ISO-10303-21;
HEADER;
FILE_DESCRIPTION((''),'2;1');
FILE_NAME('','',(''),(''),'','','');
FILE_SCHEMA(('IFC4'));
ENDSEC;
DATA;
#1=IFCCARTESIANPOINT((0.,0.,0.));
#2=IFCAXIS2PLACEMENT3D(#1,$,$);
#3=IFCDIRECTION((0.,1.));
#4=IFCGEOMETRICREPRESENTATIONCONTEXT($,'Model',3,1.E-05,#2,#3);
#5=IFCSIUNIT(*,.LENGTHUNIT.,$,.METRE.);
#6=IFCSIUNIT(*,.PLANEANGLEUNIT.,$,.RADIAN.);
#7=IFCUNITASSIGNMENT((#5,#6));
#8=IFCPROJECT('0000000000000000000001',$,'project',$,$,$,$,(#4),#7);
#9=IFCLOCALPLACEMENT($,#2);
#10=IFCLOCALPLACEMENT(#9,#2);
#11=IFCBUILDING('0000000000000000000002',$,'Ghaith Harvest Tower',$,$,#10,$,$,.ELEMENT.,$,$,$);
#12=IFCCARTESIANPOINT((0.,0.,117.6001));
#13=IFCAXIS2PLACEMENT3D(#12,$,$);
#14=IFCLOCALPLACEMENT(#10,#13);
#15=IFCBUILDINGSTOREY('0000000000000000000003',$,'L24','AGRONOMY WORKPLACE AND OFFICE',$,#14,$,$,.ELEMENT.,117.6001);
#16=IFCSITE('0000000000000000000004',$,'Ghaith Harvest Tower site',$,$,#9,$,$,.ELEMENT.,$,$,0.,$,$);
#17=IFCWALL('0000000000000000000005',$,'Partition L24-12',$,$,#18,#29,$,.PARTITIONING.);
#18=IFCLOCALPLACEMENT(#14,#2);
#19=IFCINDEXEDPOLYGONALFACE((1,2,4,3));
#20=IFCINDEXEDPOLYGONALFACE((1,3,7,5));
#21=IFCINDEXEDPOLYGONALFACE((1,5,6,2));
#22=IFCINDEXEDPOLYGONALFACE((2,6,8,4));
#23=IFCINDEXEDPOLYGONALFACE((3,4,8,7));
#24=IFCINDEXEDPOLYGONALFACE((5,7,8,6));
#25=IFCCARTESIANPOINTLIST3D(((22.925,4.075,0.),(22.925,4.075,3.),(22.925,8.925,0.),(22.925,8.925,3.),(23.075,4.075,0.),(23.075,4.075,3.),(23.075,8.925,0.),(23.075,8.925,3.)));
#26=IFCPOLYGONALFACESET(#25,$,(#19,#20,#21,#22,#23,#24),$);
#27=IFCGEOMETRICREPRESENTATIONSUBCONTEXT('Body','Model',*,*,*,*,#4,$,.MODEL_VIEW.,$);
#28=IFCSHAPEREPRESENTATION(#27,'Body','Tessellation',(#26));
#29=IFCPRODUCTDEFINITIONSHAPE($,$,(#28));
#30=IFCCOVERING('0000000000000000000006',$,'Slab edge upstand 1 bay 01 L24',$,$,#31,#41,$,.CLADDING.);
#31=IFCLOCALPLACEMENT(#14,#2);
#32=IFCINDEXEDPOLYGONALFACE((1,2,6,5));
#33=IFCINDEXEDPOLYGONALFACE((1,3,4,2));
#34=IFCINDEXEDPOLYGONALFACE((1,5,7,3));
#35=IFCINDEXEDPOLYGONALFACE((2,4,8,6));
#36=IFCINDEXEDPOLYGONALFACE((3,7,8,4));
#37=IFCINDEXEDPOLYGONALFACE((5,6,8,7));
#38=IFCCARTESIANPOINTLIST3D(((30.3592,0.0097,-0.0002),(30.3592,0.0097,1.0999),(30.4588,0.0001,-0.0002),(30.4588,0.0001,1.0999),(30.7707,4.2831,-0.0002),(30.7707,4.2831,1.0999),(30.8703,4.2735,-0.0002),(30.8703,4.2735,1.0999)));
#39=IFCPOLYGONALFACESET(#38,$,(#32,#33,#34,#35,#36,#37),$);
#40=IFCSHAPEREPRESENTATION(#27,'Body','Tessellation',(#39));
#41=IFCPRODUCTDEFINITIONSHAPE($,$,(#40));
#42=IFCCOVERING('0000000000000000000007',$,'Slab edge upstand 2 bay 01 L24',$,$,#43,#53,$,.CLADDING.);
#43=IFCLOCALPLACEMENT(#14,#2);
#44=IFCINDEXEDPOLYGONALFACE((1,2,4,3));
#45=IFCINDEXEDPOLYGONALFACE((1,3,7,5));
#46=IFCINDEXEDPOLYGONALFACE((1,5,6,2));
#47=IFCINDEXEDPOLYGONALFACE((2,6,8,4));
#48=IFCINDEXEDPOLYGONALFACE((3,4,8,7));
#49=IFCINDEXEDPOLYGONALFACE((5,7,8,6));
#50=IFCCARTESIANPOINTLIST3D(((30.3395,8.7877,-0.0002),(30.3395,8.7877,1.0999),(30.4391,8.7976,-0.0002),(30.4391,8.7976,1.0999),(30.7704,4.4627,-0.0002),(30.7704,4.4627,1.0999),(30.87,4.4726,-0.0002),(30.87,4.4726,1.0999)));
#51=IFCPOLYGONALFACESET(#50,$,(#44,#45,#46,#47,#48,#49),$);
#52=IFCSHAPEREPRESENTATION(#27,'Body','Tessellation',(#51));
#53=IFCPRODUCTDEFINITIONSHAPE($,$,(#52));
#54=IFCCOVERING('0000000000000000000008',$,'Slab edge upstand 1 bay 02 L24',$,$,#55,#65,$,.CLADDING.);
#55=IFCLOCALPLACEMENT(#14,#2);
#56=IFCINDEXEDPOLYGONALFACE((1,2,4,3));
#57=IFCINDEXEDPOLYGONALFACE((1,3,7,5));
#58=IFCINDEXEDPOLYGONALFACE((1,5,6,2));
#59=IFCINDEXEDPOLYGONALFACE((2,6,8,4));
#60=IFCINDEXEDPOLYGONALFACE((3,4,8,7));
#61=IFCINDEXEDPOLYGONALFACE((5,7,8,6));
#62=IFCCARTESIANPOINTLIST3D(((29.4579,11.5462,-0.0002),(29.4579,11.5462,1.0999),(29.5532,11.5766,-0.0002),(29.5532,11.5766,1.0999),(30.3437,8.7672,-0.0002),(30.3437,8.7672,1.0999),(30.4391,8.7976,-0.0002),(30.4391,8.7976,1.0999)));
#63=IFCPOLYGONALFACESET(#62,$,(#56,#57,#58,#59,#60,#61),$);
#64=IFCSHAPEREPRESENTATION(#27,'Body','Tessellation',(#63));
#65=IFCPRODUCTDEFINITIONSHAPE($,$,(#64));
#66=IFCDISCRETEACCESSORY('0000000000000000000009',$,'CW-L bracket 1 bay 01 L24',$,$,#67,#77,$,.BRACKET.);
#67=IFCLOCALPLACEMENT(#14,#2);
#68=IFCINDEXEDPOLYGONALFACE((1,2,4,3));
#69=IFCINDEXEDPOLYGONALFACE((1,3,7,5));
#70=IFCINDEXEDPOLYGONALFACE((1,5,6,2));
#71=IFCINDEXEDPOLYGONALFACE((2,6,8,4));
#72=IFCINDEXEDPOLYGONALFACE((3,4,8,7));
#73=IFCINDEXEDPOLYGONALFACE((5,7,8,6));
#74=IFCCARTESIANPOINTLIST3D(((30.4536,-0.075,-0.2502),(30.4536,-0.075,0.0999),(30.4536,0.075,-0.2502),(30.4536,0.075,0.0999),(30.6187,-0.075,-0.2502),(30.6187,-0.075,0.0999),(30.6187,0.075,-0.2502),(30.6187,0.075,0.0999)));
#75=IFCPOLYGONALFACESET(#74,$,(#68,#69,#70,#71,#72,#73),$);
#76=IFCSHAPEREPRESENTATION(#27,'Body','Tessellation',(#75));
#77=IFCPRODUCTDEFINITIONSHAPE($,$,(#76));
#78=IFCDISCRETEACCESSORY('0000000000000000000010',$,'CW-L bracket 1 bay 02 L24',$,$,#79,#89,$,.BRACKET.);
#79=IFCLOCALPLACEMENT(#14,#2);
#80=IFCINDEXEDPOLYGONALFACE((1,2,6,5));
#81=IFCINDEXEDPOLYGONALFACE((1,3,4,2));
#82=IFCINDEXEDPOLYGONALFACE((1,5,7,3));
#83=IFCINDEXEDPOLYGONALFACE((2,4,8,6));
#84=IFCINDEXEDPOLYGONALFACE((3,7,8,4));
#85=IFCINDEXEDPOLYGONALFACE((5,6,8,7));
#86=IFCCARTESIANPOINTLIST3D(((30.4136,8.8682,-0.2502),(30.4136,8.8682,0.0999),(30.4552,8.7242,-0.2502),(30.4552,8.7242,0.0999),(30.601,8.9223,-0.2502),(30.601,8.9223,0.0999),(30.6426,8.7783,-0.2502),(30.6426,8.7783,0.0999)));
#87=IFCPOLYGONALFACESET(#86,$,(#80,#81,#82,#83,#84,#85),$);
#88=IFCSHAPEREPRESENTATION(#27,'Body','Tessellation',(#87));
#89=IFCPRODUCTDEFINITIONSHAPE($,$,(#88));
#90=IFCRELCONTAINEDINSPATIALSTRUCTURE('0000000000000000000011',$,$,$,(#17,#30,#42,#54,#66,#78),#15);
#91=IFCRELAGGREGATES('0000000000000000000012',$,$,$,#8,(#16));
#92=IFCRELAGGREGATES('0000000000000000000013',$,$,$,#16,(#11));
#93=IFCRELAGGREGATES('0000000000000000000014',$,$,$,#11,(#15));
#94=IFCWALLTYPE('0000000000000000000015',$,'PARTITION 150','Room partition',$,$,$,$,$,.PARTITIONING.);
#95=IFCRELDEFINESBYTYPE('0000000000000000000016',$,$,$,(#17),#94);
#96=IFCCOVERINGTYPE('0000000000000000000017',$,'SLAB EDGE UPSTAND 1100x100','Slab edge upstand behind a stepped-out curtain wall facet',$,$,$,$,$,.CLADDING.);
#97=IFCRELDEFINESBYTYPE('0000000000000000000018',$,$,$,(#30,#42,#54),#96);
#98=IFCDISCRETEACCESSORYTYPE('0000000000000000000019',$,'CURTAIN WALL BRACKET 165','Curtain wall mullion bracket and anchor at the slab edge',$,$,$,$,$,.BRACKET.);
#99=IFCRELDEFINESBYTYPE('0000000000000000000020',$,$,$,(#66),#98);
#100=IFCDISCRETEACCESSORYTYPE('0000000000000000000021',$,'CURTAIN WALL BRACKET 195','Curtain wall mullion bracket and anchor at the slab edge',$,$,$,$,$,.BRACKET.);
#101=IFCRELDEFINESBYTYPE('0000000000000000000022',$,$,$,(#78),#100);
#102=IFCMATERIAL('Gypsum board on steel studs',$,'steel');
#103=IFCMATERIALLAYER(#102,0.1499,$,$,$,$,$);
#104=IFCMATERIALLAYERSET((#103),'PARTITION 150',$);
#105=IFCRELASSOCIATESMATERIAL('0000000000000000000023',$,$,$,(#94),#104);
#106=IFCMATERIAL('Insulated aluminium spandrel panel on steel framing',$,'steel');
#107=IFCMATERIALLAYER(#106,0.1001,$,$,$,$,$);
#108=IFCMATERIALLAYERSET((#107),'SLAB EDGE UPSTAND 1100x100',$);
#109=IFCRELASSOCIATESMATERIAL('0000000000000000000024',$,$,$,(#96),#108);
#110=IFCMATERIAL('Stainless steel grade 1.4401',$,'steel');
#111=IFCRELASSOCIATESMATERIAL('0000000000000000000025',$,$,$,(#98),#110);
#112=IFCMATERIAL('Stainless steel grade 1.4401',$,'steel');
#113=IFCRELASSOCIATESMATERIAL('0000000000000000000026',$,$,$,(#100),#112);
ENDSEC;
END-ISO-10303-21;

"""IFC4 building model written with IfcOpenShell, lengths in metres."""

from ifc_helpers import new_model, si_unit, direction, frame, frame_2d, origin, origin_2d, place, context, subcontext, project, spatial, rectangle, extrude, material, layer, layer_set, type_object, element, save


model = new_model("IFC4")

# Units and contexts
model_context = context("Model", 3, precision=1e-05, world=origin(), true_north=direction((0.0, 1.0)))
body_context = subcontext(model_context, "Body", "Model", "MODEL_VIEW")
ifc_project = project(units=[si_unit("LENGTHUNIT", "METRE"), si_unit("PLANEANGLEUNIT", "RADIAN")], contexts=[model_context])

# Site, building, storey
site_placement = place(None, origin())
site = spatial("IfcSite", under=ifc_project, at=site_placement, Name="Ghaith Harvest Tower site", CompositionType="ELEMENT", RefElevation=0.0)
building_placement = place(site_placement, origin())
building = spatial("IfcBuilding", under=site, at=building_placement, Name="Ghaith Harvest Tower", CompositionType="ELEMENT")
storey_placement = place(building_placement, frame((0.0, 0.0, 117.6001)))
storey = spatial("IfcBuildingStorey", under=building, at=storey_placement, Name="L24", Description="AGRONOMY WORKPLACE AND OFFICE", CompositionType="ELEMENT", Elevation=117.6001)

# Shared definitions
ifc_material_1 = material(Name="Gypsum board on steel studs", Category="steel")
ifc_layer_1 = layer(ifc_material_1, 0.1499)
ifc_layer_set_1 = layer_set([ifc_layer_1], Name="PARTITION 150")
wall_type_1 = type_object("IfcWallType", Name="PARTITION 150", Description="Room partition", PredefinedType="PARTITIONING", material=ifc_layer_set_1)

# Wall
wall_1_placement = place(storey_placement, frame((23.0, 4.075, 0.0), z_axis=(0.0, 0.0, 1.0), x_axis=(0.0, 1.0, 0.0)))
element("IfcWall", 1, at=wall_1_placement, inside=storey, type_object=wall_type_1, Name="Partition L24-12", PredefinedType="PARTITIONING", context=body_context, shape_type="SweptSolid", body=[
    extrude(rectangle(XDim=4.8501, YDim=0.1499, at=frame_2d((2.425, 0.0))), origin(), (0.0, 0.0, 1.0), 3.0),
])

# Coverings
ifc_material_2 = material(Name="Insulated aluminium spandrel panel on steel framing", Category="steel")
ifc_layer_2 = layer(ifc_material_2, 0.1001)
ifc_layer_set_2 = layer_set([ifc_layer_2], Name="SLAB EDGE UPSTAND 1100x100")
covering_type = type_object("IfcCoveringType", Name="SLAB EDGE UPSTAND 1100x100", Description="Slab edge upstand behind a stepped-out curtain wall facet", PredefinedType="CLADDING", material=ifc_layer_set_2)
covering_1_placement = place(storey_placement, frame((30.6147, 2.1416, -0.0002), z_axis=(0.0, 0.0, 1.0), x_axis=(0.095861, 0.995395, 0.0)))
element("IfcCovering", 2, at=covering_1_placement, inside=storey, type_object=covering_type, Name="Slab edge upstand 1 bay 01 L24", PredefinedType="CLADDING", context=body_context, shape_type="SweptSolid", body=[
    extrude(rectangle(XDim=4.2932, YDim=0.1001, at=origin_2d()), origin(), (0.0, 0.0, 1.0), 1.1001),
])
covering_2_placement = place(storey_placement, frame((30.6047, 6.6301, -0.0002), z_axis=(0.0, 0.0, 1.0), x_axis=(-0.099132, 0.995074, 0.0)))
element("IfcCovering", 3, at=covering_2_placement, inside=storey, type_object=covering_type, Name="Slab edge upstand 2 bay 01 L24", PredefinedType="CLADDING", context=body_context, shape_type="SweptSolid", body=[
    extrude(rectangle(XDim=4.3464, YDim=0.1001, at=origin_2d()), origin(), (0.0, 0.0, 1.0), 1.1001),
])
covering_3_placement = place(storey_placement, frame((29.9485, 10.1719, -0.0002), z_axis=(0.0, 0.0, 1.0), x_axis=(-0.303717, 0.952762, 0.0)))
element("IfcCovering", 4, at=covering_3_placement, inside=storey, type_object=covering_type, Name="Slab edge upstand 1 bay 02 L24", PredefinedType="CLADDING", context=body_context, shape_type="SweptSolid", body=[
    extrude(rectangle(XDim=2.9167, YDim=0.1001, at=origin_2d()), origin(), (0.0, 0.0, 1.0), 1.1001),
])

# Discrete accessories
ifc_material_3 = material(Name="Stainless steel grade 1.4401", Category="steel")
discrete_accessory_type_1 = type_object("IfcDiscreteAccessoryType", Name="CURTAIN WALL BRACKET 165", Description="Curtain wall mullion bracket and anchor at the slab edge", PredefinedType="BRACKET", material=ifc_material_3)
discrete_accessory_1_placement = place(storey_placement, frame((30.5361, 0.0, -0.2502), z_axis=(0.0, 0.0, 1.0), x_axis=(1.0, 0.0, 0.0)))
element("IfcDiscreteAccessory", 5, at=discrete_accessory_1_placement, inside=storey, type_object=discrete_accessory_type_1, Name="CW-L bracket 1 bay 01 L24", PredefinedType="BRACKET", context=body_context, shape_type="SweptSolid", body=[
    extrude(rectangle(XDim=0.165, YDim=0.1499, at=origin_2d()), origin(), (0.0, 0.0, 1.0), 0.3501),
])
ifc_material_4 = material(Name="Stainless steel grade 1.4401", Category="steel")
discrete_accessory_type_2 = type_object("IfcDiscreteAccessoryType", Name="CURTAIN WALL BRACKET 195", Description="Curtain wall mullion bracket and anchor at the slab edge", PredefinedType="BRACKET", material=ifc_material_4)
discrete_accessory_2_placement = place(storey_placement, frame((30.5281, 8.8232, -0.2502), z_axis=(0.0, 0.0, 1.0), x_axis=(0.96068, 0.277657, 0.0)))
element("IfcDiscreteAccessory", 6, at=discrete_accessory_2_placement, inside=storey, type_object=discrete_accessory_type_2, Name="CW-L bracket 1 bay 02 L24", PredefinedType="BRACKET", context=body_context, shape_type="SweptSolid", body=[
    extrude(rectangle(XDim=0.1951, YDim=0.1499, at=origin_2d()), origin(), (0.0, 0.0, 1.0), 0.3501),
])

save(model, "model.ifc")
